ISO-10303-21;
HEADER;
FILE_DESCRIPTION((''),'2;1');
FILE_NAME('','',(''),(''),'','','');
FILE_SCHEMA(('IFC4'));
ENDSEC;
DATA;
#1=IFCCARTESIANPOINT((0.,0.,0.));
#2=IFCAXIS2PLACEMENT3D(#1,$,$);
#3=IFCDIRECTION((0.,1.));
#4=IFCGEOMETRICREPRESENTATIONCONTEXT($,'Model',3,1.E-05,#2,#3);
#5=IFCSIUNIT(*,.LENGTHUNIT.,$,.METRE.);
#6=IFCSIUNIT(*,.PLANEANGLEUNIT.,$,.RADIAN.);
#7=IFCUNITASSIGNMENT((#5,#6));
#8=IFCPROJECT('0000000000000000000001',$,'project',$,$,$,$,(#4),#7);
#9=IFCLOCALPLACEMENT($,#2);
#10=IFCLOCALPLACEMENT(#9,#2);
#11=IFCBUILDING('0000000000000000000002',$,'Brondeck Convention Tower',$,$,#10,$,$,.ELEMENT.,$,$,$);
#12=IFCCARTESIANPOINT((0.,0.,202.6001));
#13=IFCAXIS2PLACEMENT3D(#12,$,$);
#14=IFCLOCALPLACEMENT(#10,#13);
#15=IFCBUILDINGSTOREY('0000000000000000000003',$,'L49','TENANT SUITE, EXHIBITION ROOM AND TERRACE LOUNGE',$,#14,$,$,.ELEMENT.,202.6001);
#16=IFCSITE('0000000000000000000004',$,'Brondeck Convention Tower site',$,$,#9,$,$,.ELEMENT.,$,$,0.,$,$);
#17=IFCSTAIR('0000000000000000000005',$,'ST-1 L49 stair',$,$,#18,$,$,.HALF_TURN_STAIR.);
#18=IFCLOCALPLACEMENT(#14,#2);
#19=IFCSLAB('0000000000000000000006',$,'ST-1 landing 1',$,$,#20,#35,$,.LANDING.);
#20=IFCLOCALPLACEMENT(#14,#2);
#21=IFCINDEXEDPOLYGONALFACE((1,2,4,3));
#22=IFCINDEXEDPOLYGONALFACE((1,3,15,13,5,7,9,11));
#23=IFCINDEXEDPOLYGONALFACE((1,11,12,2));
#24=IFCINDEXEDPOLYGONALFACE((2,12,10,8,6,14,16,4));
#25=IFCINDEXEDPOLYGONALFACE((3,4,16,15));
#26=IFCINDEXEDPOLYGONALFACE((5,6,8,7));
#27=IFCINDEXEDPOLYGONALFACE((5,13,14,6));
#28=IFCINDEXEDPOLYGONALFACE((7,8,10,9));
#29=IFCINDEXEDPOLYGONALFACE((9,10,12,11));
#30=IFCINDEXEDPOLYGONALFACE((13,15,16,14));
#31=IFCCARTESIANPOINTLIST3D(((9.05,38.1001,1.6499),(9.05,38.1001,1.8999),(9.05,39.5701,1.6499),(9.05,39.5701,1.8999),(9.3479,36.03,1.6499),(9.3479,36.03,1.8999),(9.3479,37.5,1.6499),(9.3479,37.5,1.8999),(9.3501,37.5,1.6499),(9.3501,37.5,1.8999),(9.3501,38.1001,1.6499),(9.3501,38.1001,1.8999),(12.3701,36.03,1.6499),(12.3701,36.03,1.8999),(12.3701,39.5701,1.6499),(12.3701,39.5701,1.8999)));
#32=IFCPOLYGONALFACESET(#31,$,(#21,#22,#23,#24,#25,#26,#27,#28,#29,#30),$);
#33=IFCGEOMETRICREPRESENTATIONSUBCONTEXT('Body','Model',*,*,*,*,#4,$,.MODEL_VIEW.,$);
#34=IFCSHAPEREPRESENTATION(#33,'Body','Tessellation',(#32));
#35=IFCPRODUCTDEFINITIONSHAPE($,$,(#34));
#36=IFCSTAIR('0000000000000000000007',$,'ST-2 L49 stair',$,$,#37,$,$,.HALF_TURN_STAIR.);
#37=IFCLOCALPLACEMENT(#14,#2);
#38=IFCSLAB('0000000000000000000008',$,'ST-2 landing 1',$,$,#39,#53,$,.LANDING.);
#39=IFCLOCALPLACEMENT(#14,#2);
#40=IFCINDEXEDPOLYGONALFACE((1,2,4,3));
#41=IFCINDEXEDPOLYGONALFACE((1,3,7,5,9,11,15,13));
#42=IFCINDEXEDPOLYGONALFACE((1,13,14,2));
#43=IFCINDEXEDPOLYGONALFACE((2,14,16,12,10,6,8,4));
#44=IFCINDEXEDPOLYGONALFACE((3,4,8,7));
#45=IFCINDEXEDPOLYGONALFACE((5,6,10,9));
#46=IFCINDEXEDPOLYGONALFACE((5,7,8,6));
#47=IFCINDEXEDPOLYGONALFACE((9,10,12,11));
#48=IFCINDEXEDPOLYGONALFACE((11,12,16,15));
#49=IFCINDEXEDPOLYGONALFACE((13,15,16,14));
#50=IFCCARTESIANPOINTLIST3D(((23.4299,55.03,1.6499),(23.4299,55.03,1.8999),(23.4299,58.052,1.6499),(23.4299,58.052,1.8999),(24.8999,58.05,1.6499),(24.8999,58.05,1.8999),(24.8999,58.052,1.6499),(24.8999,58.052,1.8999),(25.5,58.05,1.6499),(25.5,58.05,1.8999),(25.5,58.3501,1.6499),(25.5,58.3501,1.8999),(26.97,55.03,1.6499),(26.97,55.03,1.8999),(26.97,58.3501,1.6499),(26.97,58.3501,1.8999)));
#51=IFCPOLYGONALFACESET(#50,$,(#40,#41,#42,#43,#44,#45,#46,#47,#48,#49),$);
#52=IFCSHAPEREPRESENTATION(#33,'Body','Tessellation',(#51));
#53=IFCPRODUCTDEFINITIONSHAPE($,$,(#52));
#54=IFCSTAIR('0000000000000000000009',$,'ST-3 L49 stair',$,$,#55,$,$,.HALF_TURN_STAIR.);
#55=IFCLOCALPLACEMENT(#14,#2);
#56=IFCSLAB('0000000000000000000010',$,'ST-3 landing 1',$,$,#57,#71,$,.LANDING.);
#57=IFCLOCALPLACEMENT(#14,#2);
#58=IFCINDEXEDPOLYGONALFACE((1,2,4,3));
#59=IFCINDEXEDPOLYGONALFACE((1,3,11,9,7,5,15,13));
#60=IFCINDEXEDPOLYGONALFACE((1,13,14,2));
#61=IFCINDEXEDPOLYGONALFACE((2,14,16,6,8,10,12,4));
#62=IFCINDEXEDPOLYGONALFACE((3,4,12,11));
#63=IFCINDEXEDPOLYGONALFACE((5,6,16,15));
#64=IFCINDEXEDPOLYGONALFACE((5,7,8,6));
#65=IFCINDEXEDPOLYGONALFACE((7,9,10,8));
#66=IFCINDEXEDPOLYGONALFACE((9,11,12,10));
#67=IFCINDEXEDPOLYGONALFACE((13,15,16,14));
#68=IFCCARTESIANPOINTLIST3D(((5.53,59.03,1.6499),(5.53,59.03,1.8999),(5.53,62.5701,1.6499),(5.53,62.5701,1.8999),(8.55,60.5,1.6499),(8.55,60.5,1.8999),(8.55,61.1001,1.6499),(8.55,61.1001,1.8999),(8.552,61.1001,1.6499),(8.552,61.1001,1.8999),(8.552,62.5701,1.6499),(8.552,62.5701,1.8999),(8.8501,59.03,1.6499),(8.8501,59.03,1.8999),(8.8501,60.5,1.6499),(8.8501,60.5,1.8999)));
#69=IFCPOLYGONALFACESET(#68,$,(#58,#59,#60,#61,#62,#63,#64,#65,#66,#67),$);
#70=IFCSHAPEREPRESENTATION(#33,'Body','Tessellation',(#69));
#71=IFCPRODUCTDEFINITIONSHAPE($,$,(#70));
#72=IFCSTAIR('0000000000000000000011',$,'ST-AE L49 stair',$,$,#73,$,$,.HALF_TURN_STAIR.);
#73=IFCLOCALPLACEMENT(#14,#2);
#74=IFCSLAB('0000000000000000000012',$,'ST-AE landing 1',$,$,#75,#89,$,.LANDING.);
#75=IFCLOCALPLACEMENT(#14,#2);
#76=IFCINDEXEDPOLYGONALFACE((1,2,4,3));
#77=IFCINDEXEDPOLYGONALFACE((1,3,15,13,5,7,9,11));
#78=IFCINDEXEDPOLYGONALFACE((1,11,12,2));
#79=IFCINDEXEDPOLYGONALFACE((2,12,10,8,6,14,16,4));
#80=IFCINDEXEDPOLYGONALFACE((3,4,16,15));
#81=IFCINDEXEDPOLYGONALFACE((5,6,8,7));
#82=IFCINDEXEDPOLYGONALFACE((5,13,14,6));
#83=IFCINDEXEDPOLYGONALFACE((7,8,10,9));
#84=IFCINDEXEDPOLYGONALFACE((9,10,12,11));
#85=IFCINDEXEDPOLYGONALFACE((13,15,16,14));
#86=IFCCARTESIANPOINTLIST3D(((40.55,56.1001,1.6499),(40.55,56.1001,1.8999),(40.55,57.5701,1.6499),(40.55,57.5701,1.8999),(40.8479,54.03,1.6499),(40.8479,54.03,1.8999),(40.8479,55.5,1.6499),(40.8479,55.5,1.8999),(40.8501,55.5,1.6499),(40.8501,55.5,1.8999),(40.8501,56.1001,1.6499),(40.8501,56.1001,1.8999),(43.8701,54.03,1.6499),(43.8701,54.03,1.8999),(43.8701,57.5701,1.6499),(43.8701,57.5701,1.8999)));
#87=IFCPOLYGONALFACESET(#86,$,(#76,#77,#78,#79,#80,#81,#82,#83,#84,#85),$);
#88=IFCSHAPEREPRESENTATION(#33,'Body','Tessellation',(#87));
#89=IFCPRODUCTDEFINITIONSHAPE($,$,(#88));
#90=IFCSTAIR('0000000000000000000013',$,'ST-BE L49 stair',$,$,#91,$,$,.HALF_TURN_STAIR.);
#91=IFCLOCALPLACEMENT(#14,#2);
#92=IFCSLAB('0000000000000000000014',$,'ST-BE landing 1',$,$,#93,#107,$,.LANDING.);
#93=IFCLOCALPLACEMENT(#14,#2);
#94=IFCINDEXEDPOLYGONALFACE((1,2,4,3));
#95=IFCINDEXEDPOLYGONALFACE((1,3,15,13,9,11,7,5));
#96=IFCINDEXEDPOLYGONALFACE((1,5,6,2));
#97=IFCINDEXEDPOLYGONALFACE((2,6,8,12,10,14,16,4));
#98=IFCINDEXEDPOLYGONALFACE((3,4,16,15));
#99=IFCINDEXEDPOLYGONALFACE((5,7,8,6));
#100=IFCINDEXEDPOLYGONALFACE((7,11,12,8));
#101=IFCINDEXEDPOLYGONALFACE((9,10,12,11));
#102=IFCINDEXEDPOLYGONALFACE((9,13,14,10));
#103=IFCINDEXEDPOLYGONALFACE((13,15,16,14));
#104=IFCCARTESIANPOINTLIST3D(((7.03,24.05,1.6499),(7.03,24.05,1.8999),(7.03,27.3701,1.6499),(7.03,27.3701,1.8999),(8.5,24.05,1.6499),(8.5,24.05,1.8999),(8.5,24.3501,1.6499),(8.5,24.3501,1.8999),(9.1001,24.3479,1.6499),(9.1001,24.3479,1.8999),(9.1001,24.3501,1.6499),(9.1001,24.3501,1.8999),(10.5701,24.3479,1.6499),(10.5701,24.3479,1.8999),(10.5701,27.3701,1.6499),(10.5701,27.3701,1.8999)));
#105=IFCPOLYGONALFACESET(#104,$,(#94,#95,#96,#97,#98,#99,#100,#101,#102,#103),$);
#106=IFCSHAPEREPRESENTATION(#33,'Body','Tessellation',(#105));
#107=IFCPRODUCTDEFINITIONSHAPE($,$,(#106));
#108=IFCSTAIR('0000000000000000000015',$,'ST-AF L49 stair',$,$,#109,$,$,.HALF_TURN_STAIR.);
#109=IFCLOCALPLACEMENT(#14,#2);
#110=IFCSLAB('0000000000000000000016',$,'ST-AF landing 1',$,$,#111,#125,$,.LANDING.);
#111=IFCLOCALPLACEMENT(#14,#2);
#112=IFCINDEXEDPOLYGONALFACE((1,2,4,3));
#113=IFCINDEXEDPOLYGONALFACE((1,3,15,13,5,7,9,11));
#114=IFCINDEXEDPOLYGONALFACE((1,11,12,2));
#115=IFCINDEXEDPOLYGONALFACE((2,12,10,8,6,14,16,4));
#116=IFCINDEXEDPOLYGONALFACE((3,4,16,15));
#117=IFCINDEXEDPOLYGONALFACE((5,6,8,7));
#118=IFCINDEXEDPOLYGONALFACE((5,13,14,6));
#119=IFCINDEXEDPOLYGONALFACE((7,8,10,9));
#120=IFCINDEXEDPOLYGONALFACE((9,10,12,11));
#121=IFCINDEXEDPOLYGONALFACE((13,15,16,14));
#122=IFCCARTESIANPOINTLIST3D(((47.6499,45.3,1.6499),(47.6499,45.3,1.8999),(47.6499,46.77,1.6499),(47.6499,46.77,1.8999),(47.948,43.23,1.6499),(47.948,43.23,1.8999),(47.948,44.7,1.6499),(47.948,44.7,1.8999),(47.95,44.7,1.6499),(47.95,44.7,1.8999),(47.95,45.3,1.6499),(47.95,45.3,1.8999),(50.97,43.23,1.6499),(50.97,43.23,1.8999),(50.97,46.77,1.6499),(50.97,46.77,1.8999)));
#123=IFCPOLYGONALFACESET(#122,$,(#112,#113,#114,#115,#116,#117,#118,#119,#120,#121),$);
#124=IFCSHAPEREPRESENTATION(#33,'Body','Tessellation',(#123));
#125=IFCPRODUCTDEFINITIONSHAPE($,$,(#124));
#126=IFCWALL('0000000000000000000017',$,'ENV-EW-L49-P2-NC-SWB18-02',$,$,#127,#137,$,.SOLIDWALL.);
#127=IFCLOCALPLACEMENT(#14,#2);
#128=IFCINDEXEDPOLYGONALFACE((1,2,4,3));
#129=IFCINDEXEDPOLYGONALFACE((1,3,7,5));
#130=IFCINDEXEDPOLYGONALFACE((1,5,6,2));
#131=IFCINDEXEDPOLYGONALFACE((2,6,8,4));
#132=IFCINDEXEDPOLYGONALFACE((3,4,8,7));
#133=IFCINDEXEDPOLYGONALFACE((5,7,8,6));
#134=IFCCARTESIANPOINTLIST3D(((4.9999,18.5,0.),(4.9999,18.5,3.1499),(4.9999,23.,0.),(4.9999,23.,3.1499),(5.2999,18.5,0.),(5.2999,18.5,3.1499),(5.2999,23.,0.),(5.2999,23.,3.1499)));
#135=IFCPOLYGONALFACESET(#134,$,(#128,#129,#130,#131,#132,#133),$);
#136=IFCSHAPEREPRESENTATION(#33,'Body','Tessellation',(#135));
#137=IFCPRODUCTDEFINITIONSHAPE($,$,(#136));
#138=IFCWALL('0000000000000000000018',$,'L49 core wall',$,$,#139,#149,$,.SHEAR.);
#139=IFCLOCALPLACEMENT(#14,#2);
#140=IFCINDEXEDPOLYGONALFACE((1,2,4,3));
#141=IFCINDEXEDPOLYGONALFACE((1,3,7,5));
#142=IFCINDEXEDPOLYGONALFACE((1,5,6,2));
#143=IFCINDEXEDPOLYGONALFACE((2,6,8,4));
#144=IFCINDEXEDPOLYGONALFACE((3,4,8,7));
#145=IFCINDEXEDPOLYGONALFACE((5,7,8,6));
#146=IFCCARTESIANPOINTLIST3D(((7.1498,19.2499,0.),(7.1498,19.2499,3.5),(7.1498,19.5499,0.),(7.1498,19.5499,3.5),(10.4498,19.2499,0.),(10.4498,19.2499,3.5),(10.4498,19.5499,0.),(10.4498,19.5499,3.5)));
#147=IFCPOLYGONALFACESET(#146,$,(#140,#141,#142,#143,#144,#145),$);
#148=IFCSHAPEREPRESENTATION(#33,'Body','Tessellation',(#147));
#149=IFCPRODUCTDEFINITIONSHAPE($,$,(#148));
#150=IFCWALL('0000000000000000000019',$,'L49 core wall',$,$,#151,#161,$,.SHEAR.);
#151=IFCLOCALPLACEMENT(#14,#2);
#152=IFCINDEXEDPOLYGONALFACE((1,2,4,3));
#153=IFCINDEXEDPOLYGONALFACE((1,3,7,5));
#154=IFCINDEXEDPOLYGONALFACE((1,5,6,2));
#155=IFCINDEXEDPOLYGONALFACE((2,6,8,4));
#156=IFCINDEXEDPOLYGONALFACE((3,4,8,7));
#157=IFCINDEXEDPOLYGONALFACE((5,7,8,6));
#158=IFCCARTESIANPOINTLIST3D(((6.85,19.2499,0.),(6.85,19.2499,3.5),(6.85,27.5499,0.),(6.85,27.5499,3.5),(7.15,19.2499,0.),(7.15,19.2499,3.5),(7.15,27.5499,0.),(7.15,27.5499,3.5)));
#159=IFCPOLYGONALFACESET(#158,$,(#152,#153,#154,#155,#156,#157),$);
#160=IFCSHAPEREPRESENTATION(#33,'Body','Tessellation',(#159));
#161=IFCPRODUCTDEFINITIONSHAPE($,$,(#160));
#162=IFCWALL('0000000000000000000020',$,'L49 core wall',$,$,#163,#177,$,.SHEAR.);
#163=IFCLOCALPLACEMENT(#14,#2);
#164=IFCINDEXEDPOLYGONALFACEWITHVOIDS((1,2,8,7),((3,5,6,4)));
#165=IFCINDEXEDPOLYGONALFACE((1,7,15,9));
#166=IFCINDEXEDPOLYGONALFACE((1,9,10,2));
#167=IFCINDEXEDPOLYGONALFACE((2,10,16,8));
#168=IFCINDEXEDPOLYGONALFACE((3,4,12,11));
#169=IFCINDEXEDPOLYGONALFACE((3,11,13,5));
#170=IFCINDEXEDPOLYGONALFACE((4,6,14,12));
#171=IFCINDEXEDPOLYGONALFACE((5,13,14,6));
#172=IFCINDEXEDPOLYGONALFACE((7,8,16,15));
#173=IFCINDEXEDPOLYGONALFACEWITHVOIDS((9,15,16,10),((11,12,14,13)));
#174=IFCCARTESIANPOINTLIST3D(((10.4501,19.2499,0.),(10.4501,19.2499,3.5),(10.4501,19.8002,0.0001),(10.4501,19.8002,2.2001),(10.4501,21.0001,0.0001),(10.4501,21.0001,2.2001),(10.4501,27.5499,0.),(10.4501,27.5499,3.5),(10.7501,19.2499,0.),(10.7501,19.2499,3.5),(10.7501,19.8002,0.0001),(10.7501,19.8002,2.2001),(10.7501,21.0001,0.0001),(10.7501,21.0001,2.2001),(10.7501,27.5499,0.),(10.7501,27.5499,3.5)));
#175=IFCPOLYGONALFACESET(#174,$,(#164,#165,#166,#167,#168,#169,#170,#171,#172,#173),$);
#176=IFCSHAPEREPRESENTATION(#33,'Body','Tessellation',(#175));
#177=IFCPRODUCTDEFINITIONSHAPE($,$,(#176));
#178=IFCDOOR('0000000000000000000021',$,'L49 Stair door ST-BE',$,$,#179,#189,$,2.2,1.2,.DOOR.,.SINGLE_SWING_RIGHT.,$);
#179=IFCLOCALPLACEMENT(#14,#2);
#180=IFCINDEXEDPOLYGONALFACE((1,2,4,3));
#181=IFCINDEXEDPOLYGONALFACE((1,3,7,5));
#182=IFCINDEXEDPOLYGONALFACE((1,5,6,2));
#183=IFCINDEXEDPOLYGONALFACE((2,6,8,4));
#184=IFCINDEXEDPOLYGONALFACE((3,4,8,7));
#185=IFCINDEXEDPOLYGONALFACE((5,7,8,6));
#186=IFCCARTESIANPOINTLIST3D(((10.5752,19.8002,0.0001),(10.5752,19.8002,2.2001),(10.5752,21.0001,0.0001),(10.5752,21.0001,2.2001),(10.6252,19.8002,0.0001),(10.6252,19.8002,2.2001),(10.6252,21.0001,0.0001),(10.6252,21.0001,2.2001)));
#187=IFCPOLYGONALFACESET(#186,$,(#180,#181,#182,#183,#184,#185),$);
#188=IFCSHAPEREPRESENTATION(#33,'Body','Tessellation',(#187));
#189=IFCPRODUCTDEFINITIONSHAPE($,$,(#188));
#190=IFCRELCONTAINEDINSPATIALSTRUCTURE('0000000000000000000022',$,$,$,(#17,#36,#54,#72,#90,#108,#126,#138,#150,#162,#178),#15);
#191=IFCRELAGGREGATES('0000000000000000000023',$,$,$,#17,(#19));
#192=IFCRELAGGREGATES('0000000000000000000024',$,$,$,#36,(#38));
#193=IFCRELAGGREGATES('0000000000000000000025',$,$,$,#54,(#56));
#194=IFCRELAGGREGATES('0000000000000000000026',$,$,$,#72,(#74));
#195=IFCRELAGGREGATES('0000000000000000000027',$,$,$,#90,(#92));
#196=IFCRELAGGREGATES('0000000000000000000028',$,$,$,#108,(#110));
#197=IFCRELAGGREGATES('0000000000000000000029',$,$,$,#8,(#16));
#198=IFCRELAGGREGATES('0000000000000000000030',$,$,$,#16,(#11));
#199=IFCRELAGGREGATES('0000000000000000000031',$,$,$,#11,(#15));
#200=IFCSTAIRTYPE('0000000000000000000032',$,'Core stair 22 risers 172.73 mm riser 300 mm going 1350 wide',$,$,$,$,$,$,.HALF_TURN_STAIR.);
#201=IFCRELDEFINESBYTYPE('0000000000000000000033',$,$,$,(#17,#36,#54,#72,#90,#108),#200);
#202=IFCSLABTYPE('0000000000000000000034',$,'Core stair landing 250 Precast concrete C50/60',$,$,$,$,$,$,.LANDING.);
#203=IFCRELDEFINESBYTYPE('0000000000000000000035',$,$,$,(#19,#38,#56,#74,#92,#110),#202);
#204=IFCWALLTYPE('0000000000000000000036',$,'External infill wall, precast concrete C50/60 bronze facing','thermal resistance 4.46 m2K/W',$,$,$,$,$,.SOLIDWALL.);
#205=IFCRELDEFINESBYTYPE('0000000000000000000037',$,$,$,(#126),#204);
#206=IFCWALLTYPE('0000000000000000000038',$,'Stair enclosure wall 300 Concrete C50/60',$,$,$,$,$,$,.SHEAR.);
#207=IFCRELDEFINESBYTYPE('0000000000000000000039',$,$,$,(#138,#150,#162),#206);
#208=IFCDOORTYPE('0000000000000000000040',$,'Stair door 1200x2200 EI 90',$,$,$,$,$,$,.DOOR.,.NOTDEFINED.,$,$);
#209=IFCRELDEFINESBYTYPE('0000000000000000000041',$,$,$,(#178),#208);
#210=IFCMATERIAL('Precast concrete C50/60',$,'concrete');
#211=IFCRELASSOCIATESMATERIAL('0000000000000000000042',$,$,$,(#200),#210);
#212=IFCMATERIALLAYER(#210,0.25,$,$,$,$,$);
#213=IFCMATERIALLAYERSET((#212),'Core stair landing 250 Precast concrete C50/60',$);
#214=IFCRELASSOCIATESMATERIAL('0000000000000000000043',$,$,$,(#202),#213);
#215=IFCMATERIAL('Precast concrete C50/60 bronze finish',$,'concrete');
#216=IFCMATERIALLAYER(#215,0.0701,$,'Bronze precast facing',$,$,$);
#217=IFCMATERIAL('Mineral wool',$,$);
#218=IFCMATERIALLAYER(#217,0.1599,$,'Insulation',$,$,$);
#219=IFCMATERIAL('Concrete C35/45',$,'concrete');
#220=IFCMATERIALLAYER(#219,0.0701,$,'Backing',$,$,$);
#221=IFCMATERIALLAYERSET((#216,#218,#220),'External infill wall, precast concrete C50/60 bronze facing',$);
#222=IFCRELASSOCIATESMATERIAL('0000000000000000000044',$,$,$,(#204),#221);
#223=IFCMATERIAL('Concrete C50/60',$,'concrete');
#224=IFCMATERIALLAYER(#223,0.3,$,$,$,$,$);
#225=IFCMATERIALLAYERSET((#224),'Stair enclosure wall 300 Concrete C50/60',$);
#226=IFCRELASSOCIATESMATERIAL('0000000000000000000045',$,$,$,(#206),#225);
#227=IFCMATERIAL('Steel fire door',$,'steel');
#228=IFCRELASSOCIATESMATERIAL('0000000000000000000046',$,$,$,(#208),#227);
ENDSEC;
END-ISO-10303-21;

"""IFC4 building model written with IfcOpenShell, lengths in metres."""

from ifc_helpers import new_model, si_unit, direction, frame, frame_2d, origin, place, context, subcontext, project, spatial, polyline, rectangle, outline, extrude, material, layer, layer_set, type_object, element, fill, aggregate, save


model = new_model("IFC4")

# Units and contexts
model_context = context("Model", 3, precision=1e-05, world=origin(), true_north=direction((0.0, 1.0)))
body_context = subcontext(model_context, "Body", "Model", "MODEL_VIEW")
ifc_project = project(units=[si_unit("LENGTHUNIT", "METRE"), si_unit("PLANEANGLEUNIT", "RADIAN")], contexts=[model_context])

# Site, building, storey
site_placement = place(None, origin())
site = spatial("IfcSite", under=ifc_project, at=site_placement, Name="Brondeck Convention Tower site", CompositionType="ELEMENT", RefElevation=0.0)
building_placement = place(site_placement, origin())
building = spatial("IfcBuilding", under=site, at=building_placement, Name="Brondeck Convention Tower", CompositionType="ELEMENT")
storey_placement = place(building_placement, frame((0.0, 0.0, 202.6001)))
storey = spatial("IfcBuildingStorey", under=building, at=storey_placement, Name="L49", Description="TENANT SUITE, EXHIBITION ROOM AND TERRACE LOUNGE", CompositionType="ELEMENT", Elevation=202.6001)

# Shared definitions
ifc_material_1 = material(Name="Concrete C50/60", Category="concrete")

# Shared definitions
ifc_material_2 = material(Name="Concrete C35/45", Category="concrete")

# Stairs, slabs
ifc_material_3 = material(Name="Precast concrete C50/60", Category="concrete")
stair_type = type_object("IfcStairType", Name="Core stair 22 risers 172.73 mm riser 300 mm going 1350 wide", PredefinedType="HALF_TURN_STAIR", material=ifc_material_3)
stair_1_placement = place(storey_placement, origin())
stair_1 = element("IfcStair", 1, at=stair_1_placement, inside=storey, type_object=stair_type, Name="ST-1 L49 stair", PredefinedType="HALF_TURN_STAIR")
ifc_layer_1 = layer(ifc_material_3, 0.25)
ifc_layer_set_1 = layer_set([ifc_layer_1], Name="Core stair landing 250 Precast concrete C50/60")
slab_type_1 = type_object("IfcSlabType", Name="Core stair landing 250 Precast concrete C50/60", PredefinedType="LANDING", material=ifc_layer_set_1)
slab_1_placement = place(storey_placement, frame((0.0, 0.0, 1.6499)))
slab_1 = element("IfcSlab", 2, at=slab_1_placement, type_object=slab_type_1, Name="ST-1 landing 1", PredefinedType="LANDING", context=body_context, shape_type="SweptSolid", body=[
    extrude(outline(polyline([(9.3479, 37.5), (9.3501, 37.5), (9.3501, 38.1001), (9.05, 38.1001), (9.05, 39.5701), (12.3701, 39.5701), (12.3701, 36.03), (9.3479, 36.03), (9.3479, 37.5)])), origin(), (0.0, 0.0, 1.0), 0.25),
])
aggregate(stair_1, [slab_1])
stair_2_placement = place(storey_placement, origin())
stair_2 = element("IfcStair", 3, at=stair_2_placement, inside=storey, type_object=stair_type, Name="ST-2 L49 stair", PredefinedType="HALF_TURN_STAIR")
slab_2_placement = place(storey_placement, frame((0.0, 0.0, 1.6499)))
slab_2 = element("IfcSlab", 4, at=slab_2_placement, type_object=slab_type_1, Name="ST-2 landing 1", PredefinedType="LANDING", context=body_context, shape_type="SweptSolid", body=[
    extrude(outline(polyline([(23.4299, 58.052), (24.8999, 58.052), (24.8999, 58.05), (25.5, 58.05), (25.5, 58.3501), (26.97, 58.3501), (26.97, 55.03), (23.4299, 55.03), (23.4299, 58.052)])), origin(), (0.0, 0.0, 1.0), 0.25),
])
aggregate(stair_2, [slab_2])
stair_3_placement = place(storey_placement, origin())
stair_3 = element("IfcStair", 5, at=stair_3_placement, inside=storey, type_object=stair_type, Name="ST-3 L49 stair", PredefinedType="HALF_TURN_STAIR")
slab_3_placement = place(storey_placement, frame((0.0, 0.0, 1.6499)))
slab_3 = element("IfcSlab", 6, at=slab_3_placement, type_object=slab_type_1, Name="ST-3 landing 1", PredefinedType="LANDING", context=body_context, shape_type="SweptSolid", body=[
    extrude(outline(polyline([(8.8501, 60.5), (8.8501, 59.03), (5.53, 59.03), (5.53, 62.5701), (8.552, 62.5701), (8.552, 61.1001), (8.55, 61.1001), (8.55, 60.5), (8.8501, 60.5)])), origin(), (0.0, 0.0, 1.0), 0.25),
])
aggregate(stair_3, [slab_3])
stair_4_placement = place(storey_placement, origin())
stair_4 = element("IfcStair", 7, at=stair_4_placement, inside=storey, type_object=stair_type, Name="ST-AE L49 stair", PredefinedType="HALF_TURN_STAIR")
slab_4_placement = place(storey_placement, frame((0.0, 0.0, 1.6499)))
slab_4 = element("IfcSlab", 8, at=slab_4_placement, type_object=slab_type_1, Name="ST-AE landing 1", PredefinedType="LANDING", context=body_context, shape_type="SweptSolid", body=[
    extrude(outline(polyline([(40.8479, 55.5), (40.8501, 55.5), (40.8501, 56.1001), (40.55, 56.1001), (40.55, 57.5701), (43.8701, 57.5701), (43.8701, 54.03), (40.8479, 54.03), (40.8479, 55.5)])), origin(), (0.0, 0.0, 1.0), 0.25),
])
aggregate(stair_4, [slab_4])
stair_5_placement = place(storey_placement, origin())
stair_5 = element("IfcStair", 9, at=stair_5_placement, inside=storey, type_object=stair_type, Name="ST-BE L49 stair", PredefinedType="HALF_TURN_STAIR")
slab_5_placement = place(storey_placement, frame((0.0, 0.0, 1.6499)))
slab_5 = element("IfcSlab", 10, at=slab_5_placement, type_object=slab_type_1, Name="ST-BE landing 1", PredefinedType="LANDING", context=body_context, shape_type="SweptSolid", body=[
    extrude(outline(polyline([(7.03, 24.05), (7.03, 27.3701), (10.5701, 27.3701), (10.5701, 24.3479), (9.1001, 24.3479), (9.1001, 24.3501), (8.5, 24.3501), (8.5, 24.05), (7.03, 24.05)])), origin(), (0.0, 0.0, 1.0), 0.25),
])
aggregate(stair_5, [slab_5])
stair_6_placement = place(storey_placement, origin())
stair_6 = element("IfcStair", 11, at=stair_6_placement, inside=storey, type_object=stair_type, Name="ST-AF L49 stair", PredefinedType="HALF_TURN_STAIR")
slab_6_placement = place(storey_placement, frame((0.0, 0.0, 1.6499)))
slab_6 = element("IfcSlab", 12, at=slab_6_placement, type_object=slab_type_1, Name="ST-AF landing 1", PredefinedType="LANDING", context=body_context, shape_type="SweptSolid", body=[
    extrude(outline(polyline([(47.948, 44.7), (47.95, 44.7), (47.95, 45.3), (47.6499, 45.3), (47.6499, 46.77), (50.97, 46.77), (50.97, 43.23), (47.948, 43.23), (47.948, 44.7)])), origin(), (0.0, 0.0, 1.0), 0.25),
])
aggregate(stair_6, [slab_6])

# Walls
ifc_material_4 = material(Name="Precast concrete C50/60 bronze finish", Category="concrete")
ifc_layer_2 = layer(ifc_material_4, 0.0701, Name="Bronze precast facing")
ifc_material_5 = material(Name="Mineral wool")
ifc_layer_3 = layer(ifc_material_5, 0.1599, Name="Insulation")
ifc_layer_4 = layer(ifc_material_2, 0.0701, Name="Backing")
ifc_layer_set_2 = layer_set([ifc_layer_2, ifc_layer_3, ifc_layer_4], Name="External infill wall, precast concrete C50/60 bronze facing")
wall_type_1 = type_object("IfcWallType", Name="External infill wall, precast concrete C50/60 bronze facing", Description="thermal resistance 4.46 m2K/W", PredefinedType="SOLIDWALL", material=ifc_layer_set_2)
wall_1_placement = place(storey_placement, frame((5.1499, 18.5, 0.0), z_axis=(0.0, 0.0, 1.0), x_axis=(0.0, 1.0, 0.0)))
element("IfcWall", 13, at=wall_1_placement, inside=storey, type_object=wall_type_1, Name="ENV-EW-L49-P2-NC-SWB18-02", PredefinedType="SOLIDWALL", context=body_context, shape_type="SweptSolid", body=[
    extrude(rectangle(XDim=4.5, YDim=0.3, at=frame_2d((2.25, 0.0))), origin(), (0.0, 0.0, 1.0), 3.1499),
])
ifc_layer_5 = layer(ifc_material_1, 0.3)
ifc_layer_set_3 = layer_set([ifc_layer_5], Name="Stair enclosure wall 300 Concrete C50/60")
wall_type_2 = type_object("IfcWallType", Name="Stair enclosure wall 300 Concrete C50/60", PredefinedType="SHEAR", material=ifc_layer_set_3)
wall_2_placement = place(storey_placement, frame((7.1499, 19.3999, 0.0), z_axis=(0.0, 0.0, 1.0), x_axis=(1.0, 0.0, 0.0)))
element("IfcWall", 14, at=wall_2_placement, inside=storey, type_object=wall_type_2, Name="L49 core wall", PredefinedType="SHEAR", context=body_context, shape_type="SweptSolid", body=[
    extrude(rectangle(XDim=3.3, YDim=0.3, at=frame_2d((1.6499, 0.0))), origin(), (0.0, 0.0, 1.0), 3.5),
])
wall_3_placement = place(storey_placement, frame((7.0, 19.25, 0.0), z_axis=(0.0, 0.0, 1.0), x_axis=(0.0, 1.0, 0.0)))
element("IfcWall", 15, at=wall_3_placement, inside=storey, type_object=wall_type_2, Name="L49 core wall", PredefinedType="SHEAR", context=body_context, shape_type="SweptSolid", body=[
    extrude(rectangle(XDim=8.3, YDim=0.3, at=frame_2d((4.1499, 0.0))), origin(), (0.0, 0.0, 1.0), 3.5),
])

# Wall, opening, door
wall_4_placement = place(storey_placement, frame((10.6001, 19.25, 0.0), z_axis=(0.0, 0.0, 1.0), x_axis=(0.0, 1.0, 0.0)))
wall_4 = element("IfcWall", 16, at=wall_4_placement, inside=storey, type_object=wall_type_2, Name="L49 core wall", PredefinedType="SHEAR", context=body_context, shape_type="SweptSolid", body=[
    extrude(rectangle(XDim=8.3, YDim=0.3, at=frame_2d((4.1499, 0.0))), origin(), (0.0, 0.0, 1.0), 3.5),
])
opening_placement = place(wall_4_placement, frame((0.55, 0.0, 0.0)))
opening = element("IfcOpeningElement", 17, at=opening_placement, cuts=wall_4, PredefinedType="OPENING", context=body_context, shape_type="SweptSolid", body=[
    extrude(rectangle(XDim=1.2, YDim=2.2, at=frame_2d((0.6001, 1.1001))), frame((0.0, 0.1599, 0.0), z_axis=(0.0, -1.0, 0.0), x_axis=(1.0, 0.0, 0.0)), (0.0, 0.0, 1.0), 0.3201),
])
ifc_material_6 = material(Name="Steel fire door", Category="steel")
door_type = type_object("IfcDoorType", Name="Stair door 1200x2200 EI 90", OperationType="NOTDEFINED", PredefinedType="DOOR", material=ifc_material_6)
door_placement = place(opening_placement, origin())
door = element("IfcDoor", 18, at=door_placement, inside=storey, type_object=door_type, Name="L49 Stair door ST-BE", OperationType="SINGLE_SWING_RIGHT", OverallHeight=2.2, OverallWidth=1.2, PredefinedType="DOOR", context=body_context, shape_type="SweptSolid", body=[
    extrude(rectangle(XDim=1.2, YDim=2.2, at=frame_2d((0.6001, 1.1001))), frame((0.0, 0.0249, 0.0), z_axis=(0.0, -1.0, 0.0), x_axis=(1.0, 0.0, 0.0)), (0.0, 0.0, 1.0), 0.05),
])
fill(opening, door)

save(model, "model.ifc")
